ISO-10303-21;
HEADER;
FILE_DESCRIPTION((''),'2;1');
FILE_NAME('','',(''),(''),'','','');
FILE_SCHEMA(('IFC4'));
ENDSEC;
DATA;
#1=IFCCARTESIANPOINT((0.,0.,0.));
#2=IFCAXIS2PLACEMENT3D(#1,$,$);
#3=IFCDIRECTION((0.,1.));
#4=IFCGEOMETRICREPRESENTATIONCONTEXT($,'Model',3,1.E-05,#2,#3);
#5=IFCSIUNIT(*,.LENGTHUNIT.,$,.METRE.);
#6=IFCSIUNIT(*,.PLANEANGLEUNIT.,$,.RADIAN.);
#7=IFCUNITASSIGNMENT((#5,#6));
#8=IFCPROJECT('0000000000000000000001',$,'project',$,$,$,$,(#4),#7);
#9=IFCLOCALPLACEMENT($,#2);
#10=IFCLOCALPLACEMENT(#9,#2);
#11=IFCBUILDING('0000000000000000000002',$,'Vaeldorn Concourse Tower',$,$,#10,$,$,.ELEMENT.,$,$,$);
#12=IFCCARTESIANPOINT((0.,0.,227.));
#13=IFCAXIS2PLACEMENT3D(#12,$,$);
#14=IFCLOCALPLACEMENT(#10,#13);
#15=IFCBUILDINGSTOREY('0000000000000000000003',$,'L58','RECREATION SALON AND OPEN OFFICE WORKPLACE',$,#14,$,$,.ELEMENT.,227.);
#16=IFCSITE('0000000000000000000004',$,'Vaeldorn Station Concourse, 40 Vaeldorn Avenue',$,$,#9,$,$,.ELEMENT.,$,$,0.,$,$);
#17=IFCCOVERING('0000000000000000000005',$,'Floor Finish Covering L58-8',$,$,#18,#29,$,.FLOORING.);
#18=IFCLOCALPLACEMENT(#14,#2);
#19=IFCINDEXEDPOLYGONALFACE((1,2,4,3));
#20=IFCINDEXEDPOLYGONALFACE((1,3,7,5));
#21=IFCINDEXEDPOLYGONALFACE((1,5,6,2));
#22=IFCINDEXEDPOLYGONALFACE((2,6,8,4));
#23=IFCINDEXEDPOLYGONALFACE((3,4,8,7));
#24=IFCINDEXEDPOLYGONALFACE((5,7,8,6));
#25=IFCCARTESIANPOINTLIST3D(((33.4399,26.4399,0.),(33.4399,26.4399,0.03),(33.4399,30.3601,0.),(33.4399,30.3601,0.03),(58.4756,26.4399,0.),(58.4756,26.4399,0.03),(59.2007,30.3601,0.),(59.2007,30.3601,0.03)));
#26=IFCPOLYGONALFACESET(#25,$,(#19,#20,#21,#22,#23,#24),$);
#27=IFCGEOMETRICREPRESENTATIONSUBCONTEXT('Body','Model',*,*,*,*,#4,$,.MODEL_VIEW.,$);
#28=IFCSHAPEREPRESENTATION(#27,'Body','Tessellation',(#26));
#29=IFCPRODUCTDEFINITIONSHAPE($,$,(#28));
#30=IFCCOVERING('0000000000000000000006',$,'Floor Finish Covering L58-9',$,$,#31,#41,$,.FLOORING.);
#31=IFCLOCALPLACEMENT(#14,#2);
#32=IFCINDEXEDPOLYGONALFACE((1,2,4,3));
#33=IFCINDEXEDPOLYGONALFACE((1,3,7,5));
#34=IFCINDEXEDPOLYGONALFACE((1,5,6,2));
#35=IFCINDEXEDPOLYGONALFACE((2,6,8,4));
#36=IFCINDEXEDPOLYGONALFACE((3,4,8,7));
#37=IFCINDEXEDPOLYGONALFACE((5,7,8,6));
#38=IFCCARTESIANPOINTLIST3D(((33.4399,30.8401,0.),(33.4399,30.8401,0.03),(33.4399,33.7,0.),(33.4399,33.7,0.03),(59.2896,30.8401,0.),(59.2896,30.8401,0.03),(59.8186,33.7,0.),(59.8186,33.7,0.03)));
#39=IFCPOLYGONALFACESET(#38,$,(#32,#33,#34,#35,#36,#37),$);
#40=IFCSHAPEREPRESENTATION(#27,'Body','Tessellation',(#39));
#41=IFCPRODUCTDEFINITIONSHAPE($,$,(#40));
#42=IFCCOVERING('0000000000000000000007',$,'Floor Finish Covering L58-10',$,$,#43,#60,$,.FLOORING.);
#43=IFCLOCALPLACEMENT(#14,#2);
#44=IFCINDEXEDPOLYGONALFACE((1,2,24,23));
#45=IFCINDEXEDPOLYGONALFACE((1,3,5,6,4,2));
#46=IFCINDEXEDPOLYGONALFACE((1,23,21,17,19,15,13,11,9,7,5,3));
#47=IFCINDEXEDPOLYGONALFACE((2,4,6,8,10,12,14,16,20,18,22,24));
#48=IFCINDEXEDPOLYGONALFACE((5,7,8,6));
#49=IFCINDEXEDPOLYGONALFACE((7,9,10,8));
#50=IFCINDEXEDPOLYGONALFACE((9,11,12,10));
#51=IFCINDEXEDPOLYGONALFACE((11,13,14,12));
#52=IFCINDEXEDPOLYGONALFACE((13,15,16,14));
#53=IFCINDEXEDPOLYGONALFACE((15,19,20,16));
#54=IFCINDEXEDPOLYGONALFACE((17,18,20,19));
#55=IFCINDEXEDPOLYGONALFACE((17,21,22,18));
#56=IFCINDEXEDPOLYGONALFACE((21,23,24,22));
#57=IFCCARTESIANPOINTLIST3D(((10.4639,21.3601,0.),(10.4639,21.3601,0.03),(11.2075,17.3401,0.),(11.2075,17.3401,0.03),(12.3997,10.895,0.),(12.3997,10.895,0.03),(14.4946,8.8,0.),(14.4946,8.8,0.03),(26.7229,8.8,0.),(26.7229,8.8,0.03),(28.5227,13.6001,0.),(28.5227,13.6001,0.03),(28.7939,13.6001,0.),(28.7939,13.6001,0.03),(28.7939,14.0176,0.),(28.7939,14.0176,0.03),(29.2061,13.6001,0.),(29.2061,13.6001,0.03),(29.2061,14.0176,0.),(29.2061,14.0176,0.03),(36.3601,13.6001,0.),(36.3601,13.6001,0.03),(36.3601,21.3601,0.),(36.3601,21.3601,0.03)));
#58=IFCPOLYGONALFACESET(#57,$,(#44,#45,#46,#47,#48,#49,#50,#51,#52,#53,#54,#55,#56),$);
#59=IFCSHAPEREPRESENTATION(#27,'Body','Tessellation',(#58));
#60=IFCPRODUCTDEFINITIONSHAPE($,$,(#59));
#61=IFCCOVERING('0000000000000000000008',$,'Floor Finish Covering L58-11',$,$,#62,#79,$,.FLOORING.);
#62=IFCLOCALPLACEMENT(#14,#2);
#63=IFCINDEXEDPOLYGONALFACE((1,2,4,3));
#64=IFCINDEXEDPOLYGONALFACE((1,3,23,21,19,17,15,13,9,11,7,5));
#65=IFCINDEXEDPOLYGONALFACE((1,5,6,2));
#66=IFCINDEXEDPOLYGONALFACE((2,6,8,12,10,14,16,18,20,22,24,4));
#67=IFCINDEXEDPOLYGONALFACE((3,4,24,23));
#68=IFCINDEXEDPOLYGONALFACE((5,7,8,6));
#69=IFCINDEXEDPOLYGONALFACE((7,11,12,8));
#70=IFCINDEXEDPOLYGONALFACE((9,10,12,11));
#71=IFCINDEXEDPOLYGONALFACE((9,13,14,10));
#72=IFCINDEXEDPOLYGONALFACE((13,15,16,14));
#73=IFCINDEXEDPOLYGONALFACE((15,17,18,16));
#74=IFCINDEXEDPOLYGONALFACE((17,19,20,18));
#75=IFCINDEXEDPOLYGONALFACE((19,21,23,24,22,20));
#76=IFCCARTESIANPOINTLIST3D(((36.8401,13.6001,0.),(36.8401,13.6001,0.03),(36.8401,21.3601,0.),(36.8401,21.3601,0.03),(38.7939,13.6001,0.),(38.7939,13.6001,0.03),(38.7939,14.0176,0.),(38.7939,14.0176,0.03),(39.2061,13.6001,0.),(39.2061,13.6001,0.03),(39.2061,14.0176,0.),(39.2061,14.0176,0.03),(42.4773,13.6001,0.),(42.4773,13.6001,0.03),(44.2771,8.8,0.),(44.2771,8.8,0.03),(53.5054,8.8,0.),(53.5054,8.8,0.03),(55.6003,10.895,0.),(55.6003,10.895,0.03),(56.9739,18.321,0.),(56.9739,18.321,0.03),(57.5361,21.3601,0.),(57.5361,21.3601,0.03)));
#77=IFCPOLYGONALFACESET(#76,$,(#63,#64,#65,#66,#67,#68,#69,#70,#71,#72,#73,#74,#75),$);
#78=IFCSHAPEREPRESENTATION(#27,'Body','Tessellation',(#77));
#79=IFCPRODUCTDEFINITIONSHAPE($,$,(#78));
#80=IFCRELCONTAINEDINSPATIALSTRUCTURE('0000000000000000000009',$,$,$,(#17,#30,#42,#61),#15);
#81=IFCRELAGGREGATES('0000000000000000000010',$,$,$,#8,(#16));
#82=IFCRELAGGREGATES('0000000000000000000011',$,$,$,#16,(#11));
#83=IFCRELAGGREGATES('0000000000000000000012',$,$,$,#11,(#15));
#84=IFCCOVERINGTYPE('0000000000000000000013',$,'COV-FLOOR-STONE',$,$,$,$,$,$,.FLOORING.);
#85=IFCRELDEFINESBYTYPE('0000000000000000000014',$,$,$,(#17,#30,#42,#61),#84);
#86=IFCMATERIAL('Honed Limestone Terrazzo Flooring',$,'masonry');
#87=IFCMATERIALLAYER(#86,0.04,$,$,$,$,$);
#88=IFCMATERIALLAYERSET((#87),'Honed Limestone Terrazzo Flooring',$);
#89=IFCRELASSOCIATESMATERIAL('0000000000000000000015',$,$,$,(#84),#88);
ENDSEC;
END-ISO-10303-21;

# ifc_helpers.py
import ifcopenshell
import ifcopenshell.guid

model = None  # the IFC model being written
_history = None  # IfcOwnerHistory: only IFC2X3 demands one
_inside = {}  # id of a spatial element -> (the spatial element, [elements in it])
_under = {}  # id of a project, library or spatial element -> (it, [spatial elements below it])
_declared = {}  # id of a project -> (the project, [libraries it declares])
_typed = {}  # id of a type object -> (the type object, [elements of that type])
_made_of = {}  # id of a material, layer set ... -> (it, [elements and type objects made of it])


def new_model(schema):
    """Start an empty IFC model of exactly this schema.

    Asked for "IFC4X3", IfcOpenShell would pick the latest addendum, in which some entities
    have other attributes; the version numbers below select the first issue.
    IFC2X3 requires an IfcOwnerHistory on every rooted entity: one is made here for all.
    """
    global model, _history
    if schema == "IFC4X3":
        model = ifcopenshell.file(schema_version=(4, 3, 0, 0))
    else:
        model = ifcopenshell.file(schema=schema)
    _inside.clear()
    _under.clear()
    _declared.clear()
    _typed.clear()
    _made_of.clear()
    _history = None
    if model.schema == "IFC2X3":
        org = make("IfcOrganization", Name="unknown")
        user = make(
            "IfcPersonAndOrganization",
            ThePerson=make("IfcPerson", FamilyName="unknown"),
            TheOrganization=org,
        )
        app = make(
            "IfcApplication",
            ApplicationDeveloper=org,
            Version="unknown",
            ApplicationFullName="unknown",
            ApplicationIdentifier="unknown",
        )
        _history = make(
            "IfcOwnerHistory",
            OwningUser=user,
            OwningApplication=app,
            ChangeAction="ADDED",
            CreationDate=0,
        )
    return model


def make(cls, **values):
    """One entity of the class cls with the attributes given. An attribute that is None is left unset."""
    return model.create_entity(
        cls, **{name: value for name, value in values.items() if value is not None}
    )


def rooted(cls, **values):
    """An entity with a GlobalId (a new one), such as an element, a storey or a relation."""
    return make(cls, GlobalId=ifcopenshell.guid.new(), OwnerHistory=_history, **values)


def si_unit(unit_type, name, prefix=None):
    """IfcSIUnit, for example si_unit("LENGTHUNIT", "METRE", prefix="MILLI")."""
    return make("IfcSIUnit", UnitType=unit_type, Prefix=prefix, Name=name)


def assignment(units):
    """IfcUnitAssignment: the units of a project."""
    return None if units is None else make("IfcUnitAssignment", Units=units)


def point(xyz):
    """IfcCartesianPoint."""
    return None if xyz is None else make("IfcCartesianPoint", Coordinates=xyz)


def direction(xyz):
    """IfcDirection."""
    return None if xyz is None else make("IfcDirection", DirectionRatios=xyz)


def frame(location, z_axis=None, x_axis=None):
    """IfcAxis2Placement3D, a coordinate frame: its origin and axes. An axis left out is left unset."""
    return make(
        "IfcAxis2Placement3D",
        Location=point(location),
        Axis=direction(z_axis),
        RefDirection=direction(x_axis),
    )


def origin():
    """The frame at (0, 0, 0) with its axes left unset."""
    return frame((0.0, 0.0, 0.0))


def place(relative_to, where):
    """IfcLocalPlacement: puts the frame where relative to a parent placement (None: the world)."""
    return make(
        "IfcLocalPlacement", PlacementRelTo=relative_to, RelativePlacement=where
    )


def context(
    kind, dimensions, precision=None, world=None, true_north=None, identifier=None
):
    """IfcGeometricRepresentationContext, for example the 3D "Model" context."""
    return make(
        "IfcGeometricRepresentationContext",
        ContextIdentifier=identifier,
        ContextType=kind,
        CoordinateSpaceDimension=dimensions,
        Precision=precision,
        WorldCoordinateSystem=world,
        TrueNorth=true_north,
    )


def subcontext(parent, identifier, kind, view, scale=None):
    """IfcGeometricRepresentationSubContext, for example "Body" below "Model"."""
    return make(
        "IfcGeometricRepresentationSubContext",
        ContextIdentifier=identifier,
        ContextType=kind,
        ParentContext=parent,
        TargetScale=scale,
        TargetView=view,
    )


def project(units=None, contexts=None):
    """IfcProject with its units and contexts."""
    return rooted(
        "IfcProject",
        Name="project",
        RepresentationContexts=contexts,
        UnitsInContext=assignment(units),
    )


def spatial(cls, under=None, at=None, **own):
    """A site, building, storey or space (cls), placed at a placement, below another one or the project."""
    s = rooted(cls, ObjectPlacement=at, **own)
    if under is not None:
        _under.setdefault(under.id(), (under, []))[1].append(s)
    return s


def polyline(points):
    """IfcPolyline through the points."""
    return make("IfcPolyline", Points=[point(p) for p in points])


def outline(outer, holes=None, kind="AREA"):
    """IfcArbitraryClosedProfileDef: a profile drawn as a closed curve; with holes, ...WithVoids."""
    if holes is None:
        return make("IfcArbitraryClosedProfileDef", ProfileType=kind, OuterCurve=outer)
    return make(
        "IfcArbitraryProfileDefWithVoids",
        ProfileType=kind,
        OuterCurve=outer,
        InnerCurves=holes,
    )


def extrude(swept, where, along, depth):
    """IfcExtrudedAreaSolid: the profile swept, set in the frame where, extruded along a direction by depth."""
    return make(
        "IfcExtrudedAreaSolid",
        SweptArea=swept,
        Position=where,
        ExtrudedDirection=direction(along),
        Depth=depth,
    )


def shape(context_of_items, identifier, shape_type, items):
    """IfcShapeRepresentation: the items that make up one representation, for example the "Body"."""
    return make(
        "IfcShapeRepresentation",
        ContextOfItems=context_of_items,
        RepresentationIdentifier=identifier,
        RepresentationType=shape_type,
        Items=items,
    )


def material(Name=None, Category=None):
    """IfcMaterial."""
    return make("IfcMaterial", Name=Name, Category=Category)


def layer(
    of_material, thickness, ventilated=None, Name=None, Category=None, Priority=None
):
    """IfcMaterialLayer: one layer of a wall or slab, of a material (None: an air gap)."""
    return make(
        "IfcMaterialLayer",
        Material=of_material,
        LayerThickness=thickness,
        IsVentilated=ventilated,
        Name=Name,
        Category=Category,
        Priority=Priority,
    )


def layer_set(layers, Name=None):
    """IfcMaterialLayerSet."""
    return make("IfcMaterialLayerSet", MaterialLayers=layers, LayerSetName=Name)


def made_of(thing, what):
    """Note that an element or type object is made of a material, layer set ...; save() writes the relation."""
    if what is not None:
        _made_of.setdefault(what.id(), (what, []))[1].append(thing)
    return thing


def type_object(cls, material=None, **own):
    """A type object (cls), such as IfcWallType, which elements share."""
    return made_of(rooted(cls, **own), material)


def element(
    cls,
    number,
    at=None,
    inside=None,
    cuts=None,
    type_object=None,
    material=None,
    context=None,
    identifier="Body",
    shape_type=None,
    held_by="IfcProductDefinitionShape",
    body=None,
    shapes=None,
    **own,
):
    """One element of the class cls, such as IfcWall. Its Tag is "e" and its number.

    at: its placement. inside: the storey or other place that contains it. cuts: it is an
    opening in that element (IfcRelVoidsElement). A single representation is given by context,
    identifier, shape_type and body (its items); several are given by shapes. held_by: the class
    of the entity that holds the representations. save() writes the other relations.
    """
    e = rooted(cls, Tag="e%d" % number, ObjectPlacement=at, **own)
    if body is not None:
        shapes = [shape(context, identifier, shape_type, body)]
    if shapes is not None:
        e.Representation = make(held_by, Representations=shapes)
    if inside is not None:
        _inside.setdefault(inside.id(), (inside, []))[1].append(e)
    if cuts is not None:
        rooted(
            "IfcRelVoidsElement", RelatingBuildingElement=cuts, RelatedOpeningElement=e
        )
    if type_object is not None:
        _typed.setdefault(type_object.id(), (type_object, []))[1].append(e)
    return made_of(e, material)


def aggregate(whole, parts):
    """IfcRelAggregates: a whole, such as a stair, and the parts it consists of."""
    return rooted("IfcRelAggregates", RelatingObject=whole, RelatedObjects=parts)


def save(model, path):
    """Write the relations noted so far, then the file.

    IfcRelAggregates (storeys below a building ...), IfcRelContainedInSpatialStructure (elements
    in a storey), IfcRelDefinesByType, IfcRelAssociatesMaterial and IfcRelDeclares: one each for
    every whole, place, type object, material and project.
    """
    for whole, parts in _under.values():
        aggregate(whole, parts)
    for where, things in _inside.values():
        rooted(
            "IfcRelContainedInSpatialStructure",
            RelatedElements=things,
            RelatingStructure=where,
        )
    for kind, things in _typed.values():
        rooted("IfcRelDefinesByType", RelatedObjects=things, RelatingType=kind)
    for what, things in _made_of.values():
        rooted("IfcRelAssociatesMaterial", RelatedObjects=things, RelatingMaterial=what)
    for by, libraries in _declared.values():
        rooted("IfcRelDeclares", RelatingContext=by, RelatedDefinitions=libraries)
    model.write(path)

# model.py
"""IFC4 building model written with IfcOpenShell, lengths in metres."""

from ifc_helpers import new_model, si_unit, direction, frame, origin, place, context, subcontext, project, spatial, polyline, outline, extrude, material, layer, layer_set, type_object, element, save


model = new_model("IFC4")

# Units and contexts
model_context = context("Model", 3, precision=1e-05, world=origin(), true_north=direction((0.0, 1.0)))
body_context = subcontext(model_context, "Body", "Model", "MODEL_VIEW")
ifc_project = project(units=[si_unit("LENGTHUNIT", "METRE"), si_unit("PLANEANGLEUNIT", "RADIAN")], contexts=[model_context])

# Site, building, storey
site_placement = place(None, origin())
site = spatial("IfcSite", under=ifc_project, at=site_placement, Name="Vaeldorn Station Concourse, 40 Vaeldorn Avenue", CompositionType="ELEMENT", RefElevation=0.0)
building_placement = place(site_placement, origin())
building = spatial("IfcBuilding", under=site, at=building_placement, Name="Vaeldorn Concourse Tower", CompositionType="ELEMENT")
storey_placement = place(building_placement, frame((0.0, 0.0, 227.0)))
storey = spatial("IfcBuildingStorey", under=building, at=storey_placement, Name="L58", Description="RECREATION SALON AND OPEN OFFICE WORKPLACE", CompositionType="ELEMENT", Elevation=227.0)

# Coverings
ifc_material_1 = material(Name="Honed Limestone Terrazzo Flooring", Category="masonry")
ifc_layer_1 = layer(ifc_material_1, 0.04)
ifc_layer_set_1 = layer_set([ifc_layer_1], Name="Honed Limestone Terrazzo Flooring")
covering_type_1 = type_object("IfcCoveringType", Name="COV-FLOOR-STONE", PredefinedType="FLOORING", material=ifc_layer_set_1)
covering_1_placement = place(storey_placement, origin())
element("IfcCovering", 1, at=covering_1_placement, inside=storey, type_object=covering_type_1, Name="Floor Finish Covering L58-8", PredefinedType="FLOORING", context=body_context, shape_type="SweptSolid", body=[
    extrude(outline(polyline([(33.4399, 26.4399), (33.4399, 30.3601), (59.2007, 30.3601), (58.4756, 26.4399), (33.4399, 26.4399)])), origin(), (0.0, 0.0, 1.0), 0.03),
])
covering_2_placement = place(storey_placement, origin())
element("IfcCovering", 2, at=covering_2_placement, inside=storey, type_object=covering_type_1, Name="Floor Finish Covering L58-9", PredefinedType="FLOORING", context=body_context, shape_type="SweptSolid", body=[
    extrude(outline(polyline([(33.4399, 30.8401), (33.4399, 33.7), (59.8186, 33.7), (59.2896, 30.8401), (33.4399, 30.8401)])), origin(), (0.0, 0.0, 1.0), 0.03),
])
covering_3_placement = place(storey_placement, origin())
element("IfcCovering", 3, at=covering_3_placement, inside=storey, type_object=covering_type_1, Name="Floor Finish Covering L58-10", PredefinedType="FLOORING", context=body_context, shape_type="SweptSolid", body=[
    extrude(outline(polyline([(36.3601, 21.3601), (36.3601, 13.6001), (29.2061, 13.6001), (29.2061, 14.0176), (28.7939, 14.0176), (28.7939, 13.6001), (28.5227, 13.6001), (26.7229, 8.8), (14.4946, 8.8), (12.3997, 10.895), (11.2075, 17.3401), (11.2075, 17.3401), (10.4639, 21.3601), (36.3601, 21.3601)])), origin(), (0.0, 0.0, 1.0), 0.03),
])
covering_4_placement = place(storey_placement, origin())
element("IfcCovering", 4, at=covering_4_placement, inside=storey, type_object=covering_type_1, Name="Floor Finish Covering L58-11", PredefinedType="FLOORING", context=body_context, shape_type="SweptSolid", body=[
    extrude(outline(polyline([(36.8401, 21.3601), (57.5361, 21.3601), (56.9739, 18.321), (55.6003, 10.895), (53.5054, 8.8), (44.2771, 8.8), (42.4773, 13.6001), (39.2061, 13.6001), (39.2061, 14.0176), (38.7939, 14.0176), (38.7939, 13.6001), (36.8401, 13.6001), (36.8401, 21.3601)])), origin(), (0.0, 0.0, 1.0), 0.03),
])

save(model, "model.ifc")
